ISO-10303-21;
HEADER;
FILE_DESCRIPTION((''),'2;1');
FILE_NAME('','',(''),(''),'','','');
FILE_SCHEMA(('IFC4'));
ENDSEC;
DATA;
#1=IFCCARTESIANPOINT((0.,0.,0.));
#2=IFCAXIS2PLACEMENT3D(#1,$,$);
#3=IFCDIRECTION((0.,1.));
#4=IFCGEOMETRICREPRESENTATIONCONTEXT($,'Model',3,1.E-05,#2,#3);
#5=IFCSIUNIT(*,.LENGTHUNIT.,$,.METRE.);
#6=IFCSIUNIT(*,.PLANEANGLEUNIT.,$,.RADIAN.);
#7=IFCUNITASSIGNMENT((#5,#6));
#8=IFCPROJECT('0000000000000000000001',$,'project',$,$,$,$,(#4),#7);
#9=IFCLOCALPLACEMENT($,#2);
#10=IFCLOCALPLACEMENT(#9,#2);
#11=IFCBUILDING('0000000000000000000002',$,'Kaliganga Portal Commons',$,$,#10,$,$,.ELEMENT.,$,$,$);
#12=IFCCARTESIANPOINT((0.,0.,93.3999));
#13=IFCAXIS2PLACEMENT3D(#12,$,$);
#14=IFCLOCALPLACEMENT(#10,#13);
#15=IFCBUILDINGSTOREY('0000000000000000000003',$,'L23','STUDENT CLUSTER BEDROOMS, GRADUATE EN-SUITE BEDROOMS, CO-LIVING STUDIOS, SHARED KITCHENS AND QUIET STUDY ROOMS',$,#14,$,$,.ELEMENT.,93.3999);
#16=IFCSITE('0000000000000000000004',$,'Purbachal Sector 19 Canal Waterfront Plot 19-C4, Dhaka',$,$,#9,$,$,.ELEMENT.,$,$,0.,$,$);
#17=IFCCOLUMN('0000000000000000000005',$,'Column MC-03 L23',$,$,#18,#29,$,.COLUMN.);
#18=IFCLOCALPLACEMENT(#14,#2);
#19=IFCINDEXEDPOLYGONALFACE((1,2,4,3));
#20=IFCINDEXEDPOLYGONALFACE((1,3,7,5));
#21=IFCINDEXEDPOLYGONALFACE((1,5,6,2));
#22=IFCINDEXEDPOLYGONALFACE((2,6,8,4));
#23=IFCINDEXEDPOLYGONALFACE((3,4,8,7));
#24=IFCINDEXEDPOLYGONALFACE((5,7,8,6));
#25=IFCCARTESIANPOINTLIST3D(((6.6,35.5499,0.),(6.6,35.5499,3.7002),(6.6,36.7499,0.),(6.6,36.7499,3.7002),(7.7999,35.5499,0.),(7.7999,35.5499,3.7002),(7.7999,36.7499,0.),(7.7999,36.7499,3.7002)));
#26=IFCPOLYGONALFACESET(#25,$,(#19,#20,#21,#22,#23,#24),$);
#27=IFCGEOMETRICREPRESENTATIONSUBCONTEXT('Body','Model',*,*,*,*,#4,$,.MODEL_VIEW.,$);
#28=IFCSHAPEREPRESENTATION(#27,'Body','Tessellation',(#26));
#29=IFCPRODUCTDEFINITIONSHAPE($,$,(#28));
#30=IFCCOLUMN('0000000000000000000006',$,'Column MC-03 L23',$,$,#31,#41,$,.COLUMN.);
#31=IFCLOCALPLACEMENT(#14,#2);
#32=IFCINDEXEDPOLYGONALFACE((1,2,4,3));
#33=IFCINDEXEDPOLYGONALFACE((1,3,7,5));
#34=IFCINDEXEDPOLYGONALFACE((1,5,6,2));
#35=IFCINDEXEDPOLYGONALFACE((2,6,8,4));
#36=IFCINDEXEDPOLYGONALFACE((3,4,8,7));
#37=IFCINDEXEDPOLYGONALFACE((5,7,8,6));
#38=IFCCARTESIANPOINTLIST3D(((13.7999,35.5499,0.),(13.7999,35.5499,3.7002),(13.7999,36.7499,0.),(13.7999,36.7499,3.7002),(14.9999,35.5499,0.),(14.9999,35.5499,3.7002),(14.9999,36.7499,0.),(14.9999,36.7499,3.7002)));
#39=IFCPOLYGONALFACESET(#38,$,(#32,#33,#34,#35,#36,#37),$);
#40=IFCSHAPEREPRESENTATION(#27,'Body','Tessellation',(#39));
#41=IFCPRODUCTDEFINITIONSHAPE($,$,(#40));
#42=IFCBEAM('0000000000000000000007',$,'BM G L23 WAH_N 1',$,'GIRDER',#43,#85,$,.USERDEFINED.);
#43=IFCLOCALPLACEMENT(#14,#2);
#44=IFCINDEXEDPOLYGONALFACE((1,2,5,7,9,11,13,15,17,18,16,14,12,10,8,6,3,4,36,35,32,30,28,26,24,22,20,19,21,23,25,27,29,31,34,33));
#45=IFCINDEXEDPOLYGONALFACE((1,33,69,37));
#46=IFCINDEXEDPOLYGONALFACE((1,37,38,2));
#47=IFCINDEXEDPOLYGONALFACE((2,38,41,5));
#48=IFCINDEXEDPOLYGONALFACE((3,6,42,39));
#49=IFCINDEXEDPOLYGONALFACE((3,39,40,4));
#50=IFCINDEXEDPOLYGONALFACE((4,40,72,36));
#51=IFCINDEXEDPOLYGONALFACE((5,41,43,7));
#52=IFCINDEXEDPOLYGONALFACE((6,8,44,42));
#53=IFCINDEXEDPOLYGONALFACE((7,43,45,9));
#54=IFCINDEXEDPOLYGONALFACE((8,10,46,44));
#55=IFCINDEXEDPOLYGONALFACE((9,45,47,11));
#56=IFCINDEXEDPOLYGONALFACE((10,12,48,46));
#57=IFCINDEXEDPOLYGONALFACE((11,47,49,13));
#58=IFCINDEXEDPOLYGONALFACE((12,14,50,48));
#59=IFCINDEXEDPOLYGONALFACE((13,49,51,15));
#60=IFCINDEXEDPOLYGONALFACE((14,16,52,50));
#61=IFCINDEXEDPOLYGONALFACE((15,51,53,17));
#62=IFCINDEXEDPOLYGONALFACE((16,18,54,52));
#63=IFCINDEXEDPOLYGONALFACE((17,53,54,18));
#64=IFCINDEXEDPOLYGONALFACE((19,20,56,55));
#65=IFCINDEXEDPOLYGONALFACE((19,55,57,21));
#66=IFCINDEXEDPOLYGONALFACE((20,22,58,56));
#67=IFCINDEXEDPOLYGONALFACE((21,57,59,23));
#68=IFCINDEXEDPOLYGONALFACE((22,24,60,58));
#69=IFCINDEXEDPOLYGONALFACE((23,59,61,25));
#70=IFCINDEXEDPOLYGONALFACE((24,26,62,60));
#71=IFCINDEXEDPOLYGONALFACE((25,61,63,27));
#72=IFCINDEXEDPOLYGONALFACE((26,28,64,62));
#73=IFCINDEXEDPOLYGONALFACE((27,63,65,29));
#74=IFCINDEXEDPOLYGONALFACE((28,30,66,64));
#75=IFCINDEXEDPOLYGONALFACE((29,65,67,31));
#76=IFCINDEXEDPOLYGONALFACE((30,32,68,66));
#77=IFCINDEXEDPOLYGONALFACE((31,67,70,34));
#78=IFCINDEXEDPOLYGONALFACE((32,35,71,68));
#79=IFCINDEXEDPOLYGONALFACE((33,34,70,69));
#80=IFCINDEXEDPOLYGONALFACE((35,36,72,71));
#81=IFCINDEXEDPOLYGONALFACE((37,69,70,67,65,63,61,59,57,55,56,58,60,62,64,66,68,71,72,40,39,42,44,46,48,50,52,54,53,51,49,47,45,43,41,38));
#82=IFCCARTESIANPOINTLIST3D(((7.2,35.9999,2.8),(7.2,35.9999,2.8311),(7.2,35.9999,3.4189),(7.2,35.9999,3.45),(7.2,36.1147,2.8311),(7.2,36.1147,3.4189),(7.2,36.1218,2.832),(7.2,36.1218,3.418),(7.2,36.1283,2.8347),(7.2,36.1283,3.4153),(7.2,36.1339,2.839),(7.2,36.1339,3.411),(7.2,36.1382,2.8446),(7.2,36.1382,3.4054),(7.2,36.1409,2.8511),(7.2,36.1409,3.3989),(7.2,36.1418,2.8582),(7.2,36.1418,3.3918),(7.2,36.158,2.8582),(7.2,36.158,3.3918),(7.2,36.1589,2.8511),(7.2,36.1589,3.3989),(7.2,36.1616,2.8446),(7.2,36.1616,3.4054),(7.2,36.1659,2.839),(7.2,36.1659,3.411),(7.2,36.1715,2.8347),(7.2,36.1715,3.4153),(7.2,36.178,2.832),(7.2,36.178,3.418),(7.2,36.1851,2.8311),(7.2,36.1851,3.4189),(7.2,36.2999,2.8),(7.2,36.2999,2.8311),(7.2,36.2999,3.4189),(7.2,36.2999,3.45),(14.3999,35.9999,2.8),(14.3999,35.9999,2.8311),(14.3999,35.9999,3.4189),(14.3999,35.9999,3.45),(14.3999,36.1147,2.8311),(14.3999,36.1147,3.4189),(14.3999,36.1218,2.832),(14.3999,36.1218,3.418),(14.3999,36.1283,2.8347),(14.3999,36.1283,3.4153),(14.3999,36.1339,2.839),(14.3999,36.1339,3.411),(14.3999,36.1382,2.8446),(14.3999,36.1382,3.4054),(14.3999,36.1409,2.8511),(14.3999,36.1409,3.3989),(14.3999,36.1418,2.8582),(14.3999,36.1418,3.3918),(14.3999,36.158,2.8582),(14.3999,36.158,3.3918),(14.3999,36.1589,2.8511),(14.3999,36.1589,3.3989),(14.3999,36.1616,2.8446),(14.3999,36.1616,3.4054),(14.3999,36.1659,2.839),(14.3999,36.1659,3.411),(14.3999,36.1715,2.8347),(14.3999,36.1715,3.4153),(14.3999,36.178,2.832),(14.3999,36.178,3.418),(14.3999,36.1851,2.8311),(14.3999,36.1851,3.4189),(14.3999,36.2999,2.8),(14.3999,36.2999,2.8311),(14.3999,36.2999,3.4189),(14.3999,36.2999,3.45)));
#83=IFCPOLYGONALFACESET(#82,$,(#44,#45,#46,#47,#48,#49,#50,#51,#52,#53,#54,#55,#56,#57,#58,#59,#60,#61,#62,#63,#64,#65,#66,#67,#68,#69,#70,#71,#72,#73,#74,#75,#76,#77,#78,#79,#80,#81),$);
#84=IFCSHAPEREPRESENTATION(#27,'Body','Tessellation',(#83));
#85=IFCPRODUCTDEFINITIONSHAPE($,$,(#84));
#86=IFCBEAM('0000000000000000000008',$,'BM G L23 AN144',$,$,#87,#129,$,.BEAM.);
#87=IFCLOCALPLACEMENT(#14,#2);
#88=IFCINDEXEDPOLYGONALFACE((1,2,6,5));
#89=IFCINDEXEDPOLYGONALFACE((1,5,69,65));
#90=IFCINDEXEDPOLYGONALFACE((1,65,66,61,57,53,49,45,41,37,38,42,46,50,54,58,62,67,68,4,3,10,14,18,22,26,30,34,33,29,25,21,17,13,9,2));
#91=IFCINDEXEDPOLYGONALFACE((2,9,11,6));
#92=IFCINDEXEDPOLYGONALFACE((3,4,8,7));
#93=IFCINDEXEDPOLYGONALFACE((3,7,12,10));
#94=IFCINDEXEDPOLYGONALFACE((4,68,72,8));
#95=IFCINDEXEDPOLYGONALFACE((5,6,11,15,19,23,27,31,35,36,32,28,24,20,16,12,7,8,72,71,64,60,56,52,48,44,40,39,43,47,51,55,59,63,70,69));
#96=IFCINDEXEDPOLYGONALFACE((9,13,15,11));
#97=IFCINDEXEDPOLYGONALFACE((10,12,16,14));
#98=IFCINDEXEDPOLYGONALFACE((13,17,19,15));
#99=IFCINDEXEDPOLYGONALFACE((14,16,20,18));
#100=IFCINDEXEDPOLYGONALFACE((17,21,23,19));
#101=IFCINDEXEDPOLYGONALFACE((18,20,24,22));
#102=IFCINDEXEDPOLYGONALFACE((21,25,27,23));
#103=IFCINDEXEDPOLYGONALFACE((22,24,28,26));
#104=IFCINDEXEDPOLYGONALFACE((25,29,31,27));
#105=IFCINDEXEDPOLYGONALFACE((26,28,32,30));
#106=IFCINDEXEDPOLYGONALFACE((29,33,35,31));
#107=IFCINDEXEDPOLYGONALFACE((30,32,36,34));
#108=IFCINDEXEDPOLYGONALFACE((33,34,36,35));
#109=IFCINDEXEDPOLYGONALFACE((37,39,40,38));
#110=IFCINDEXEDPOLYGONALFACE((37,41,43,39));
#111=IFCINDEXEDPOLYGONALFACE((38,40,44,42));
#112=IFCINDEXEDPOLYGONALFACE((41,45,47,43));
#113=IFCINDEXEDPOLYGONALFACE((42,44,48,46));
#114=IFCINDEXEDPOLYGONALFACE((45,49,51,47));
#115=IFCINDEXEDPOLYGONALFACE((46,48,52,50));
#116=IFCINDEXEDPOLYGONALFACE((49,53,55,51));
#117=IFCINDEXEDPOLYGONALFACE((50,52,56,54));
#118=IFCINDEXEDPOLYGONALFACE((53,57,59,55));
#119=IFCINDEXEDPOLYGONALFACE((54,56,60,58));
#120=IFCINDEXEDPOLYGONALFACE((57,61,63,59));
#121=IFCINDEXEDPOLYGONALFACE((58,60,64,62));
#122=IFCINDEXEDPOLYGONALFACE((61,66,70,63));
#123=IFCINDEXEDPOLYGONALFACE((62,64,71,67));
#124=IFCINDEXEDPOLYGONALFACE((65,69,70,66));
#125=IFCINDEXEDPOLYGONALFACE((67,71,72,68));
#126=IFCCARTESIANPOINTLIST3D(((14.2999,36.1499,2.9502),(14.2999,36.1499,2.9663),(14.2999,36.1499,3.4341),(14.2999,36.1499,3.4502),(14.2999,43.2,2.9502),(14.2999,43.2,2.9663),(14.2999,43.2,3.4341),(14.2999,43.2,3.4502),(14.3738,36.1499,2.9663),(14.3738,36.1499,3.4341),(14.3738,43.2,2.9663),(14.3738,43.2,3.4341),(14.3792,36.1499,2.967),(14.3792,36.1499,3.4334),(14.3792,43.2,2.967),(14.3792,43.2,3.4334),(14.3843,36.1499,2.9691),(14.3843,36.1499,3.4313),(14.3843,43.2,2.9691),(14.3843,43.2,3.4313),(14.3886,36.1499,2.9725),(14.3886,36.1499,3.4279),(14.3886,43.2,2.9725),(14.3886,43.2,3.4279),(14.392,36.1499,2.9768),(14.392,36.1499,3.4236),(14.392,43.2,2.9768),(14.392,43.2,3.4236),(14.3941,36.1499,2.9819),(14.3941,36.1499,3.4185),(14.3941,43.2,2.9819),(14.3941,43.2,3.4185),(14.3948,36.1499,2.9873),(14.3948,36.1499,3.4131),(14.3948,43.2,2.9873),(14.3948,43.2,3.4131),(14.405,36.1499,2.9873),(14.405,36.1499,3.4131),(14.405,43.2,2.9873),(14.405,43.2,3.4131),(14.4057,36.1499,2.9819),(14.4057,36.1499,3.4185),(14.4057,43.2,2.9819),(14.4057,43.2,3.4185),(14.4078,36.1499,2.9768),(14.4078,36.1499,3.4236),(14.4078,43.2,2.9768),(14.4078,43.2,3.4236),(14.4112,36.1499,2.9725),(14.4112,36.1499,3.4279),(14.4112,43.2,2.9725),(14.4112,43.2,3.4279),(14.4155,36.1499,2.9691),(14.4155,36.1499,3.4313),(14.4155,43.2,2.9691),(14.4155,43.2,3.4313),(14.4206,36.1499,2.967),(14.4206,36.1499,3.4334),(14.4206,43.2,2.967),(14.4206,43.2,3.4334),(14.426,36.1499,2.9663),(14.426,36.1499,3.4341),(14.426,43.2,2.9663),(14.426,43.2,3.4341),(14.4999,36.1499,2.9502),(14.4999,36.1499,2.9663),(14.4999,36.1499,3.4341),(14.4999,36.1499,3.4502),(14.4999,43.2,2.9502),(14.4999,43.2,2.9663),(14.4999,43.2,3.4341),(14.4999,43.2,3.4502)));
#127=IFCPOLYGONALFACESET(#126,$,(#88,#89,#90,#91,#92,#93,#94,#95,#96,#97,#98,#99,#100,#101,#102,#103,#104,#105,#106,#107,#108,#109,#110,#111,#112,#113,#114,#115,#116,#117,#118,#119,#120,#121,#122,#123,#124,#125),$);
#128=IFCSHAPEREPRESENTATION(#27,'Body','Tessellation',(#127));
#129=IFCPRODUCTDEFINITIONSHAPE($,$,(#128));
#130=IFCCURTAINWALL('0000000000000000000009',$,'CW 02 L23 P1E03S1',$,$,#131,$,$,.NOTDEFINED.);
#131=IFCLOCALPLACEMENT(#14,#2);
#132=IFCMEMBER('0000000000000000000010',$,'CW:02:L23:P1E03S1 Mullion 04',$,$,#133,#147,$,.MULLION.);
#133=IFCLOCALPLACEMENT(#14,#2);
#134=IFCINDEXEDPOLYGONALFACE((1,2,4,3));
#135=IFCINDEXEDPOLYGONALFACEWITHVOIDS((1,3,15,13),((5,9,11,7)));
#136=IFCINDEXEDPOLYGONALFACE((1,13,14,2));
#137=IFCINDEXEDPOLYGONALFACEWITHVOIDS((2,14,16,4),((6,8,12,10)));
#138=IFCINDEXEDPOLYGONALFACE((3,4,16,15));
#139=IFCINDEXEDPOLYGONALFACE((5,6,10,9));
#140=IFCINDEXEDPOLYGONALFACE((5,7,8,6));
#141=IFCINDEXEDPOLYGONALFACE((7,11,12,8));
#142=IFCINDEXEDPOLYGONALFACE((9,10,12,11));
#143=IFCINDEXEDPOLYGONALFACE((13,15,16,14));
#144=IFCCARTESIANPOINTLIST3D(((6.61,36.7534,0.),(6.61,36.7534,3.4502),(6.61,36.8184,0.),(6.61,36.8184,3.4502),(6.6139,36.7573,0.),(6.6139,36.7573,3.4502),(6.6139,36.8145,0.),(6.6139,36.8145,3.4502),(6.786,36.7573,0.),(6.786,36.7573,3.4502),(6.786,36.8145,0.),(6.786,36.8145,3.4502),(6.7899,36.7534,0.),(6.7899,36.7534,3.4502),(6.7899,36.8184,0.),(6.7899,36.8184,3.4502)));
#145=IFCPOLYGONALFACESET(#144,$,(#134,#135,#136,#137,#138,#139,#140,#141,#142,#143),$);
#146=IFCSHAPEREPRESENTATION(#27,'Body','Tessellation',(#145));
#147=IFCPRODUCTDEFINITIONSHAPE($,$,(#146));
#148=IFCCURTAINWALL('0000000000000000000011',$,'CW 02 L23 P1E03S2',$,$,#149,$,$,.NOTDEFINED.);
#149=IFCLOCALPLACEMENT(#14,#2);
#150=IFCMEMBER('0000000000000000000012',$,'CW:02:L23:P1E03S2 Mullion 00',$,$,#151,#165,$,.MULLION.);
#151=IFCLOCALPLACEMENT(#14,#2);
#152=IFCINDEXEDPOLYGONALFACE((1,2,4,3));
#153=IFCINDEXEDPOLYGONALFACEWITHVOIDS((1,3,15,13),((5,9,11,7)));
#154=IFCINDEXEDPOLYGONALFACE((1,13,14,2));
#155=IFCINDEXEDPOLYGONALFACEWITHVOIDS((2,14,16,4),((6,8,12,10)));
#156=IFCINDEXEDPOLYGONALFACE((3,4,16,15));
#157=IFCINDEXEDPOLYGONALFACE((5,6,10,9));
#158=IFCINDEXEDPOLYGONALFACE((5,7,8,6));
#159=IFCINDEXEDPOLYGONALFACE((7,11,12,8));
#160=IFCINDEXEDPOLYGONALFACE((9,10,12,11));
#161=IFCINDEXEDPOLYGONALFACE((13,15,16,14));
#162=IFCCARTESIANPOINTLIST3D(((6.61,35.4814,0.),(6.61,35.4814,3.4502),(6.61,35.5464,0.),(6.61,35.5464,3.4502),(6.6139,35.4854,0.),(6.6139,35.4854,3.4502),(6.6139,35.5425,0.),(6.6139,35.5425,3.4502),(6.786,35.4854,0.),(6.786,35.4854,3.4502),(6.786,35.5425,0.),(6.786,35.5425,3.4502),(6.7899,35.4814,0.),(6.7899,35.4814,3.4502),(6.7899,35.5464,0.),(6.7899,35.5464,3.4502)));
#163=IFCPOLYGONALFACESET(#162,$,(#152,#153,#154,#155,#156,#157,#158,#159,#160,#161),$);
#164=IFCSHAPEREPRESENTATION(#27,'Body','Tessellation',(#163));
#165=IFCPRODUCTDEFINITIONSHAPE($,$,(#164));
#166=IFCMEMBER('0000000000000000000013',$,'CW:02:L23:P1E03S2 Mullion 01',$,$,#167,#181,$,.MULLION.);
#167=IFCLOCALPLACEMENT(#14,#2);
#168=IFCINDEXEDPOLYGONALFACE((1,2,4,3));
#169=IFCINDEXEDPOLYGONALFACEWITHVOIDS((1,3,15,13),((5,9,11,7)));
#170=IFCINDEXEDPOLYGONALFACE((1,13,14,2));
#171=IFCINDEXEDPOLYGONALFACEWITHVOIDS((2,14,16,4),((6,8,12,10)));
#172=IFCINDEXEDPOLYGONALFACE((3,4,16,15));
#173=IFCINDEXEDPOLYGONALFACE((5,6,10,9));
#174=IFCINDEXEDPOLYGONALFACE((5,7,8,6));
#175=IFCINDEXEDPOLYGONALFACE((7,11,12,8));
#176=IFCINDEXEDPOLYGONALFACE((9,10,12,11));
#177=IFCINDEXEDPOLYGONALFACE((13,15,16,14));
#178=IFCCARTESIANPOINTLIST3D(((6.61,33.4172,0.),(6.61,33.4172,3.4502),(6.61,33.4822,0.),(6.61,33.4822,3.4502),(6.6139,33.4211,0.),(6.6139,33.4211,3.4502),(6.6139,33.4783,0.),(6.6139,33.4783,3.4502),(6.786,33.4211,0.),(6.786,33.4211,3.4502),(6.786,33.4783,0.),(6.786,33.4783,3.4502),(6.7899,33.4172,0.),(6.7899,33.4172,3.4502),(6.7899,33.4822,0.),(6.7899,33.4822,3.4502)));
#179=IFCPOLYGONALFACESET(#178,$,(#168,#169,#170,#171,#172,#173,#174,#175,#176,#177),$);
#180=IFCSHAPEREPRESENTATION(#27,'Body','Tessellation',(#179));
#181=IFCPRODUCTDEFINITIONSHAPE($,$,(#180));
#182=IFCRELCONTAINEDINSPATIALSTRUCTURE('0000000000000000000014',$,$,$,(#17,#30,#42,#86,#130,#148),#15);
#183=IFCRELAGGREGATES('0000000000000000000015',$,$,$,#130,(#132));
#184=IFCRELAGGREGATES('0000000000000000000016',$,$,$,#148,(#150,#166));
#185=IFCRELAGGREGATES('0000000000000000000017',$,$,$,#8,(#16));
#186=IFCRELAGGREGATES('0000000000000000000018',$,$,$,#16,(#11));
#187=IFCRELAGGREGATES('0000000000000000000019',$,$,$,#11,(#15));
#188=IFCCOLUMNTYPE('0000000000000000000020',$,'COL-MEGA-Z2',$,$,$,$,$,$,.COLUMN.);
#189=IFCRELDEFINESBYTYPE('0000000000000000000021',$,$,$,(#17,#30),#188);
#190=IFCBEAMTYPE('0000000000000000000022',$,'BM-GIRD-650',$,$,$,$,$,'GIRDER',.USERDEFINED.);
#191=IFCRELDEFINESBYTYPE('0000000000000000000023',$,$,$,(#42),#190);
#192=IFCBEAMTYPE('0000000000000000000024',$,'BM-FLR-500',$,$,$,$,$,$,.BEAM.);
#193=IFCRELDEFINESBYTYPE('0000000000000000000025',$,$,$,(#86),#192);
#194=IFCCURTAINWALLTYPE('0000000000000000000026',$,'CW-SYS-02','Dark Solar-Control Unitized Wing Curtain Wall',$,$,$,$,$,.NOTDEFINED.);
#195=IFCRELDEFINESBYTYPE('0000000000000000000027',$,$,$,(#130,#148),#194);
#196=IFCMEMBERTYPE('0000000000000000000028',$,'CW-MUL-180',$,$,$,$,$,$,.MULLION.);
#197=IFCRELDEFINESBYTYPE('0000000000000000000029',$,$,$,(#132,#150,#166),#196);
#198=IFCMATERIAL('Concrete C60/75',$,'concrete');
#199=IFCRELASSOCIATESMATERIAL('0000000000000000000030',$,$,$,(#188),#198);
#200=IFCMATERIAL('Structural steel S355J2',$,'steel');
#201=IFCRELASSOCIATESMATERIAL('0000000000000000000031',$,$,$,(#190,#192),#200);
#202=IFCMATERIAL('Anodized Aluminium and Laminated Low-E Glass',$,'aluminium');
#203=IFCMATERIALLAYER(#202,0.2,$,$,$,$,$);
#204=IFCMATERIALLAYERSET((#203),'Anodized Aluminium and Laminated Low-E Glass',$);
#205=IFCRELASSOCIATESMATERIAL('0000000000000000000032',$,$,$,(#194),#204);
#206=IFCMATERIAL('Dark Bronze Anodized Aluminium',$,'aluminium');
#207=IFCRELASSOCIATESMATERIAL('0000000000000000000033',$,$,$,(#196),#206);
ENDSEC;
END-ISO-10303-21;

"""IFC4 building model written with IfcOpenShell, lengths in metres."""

from ifc_helpers import new_model, si_unit, direction, frame, origin, origin_2d, place, context, subcontext, project, spatial, rectangle, hollow_rectangle, i_section, extrude, source, transform, mapped, material, layer, layer_set, material_profile, profile_set, type_object, element, aggregate, save


model = new_model("IFC4")

# Units and contexts
model_context = context("Model", 3, precision=1e-05, world=origin(), true_north=direction((0.0, 1.0)))
body_context = subcontext(model_context, "Body", "Model", "MODEL_VIEW")
ifc_project = project(units=[si_unit("LENGTHUNIT", "METRE"), si_unit("PLANEANGLEUNIT", "RADIAN")], contexts=[model_context])

# Site, building, storey
site_placement = place(None, origin())
site = spatial("IfcSite", under=ifc_project, at=site_placement, Name="Purbachal Sector 19 Canal Waterfront Plot 19-C4, Dhaka", CompositionType="ELEMENT", RefElevation=0.0)
building_placement = place(site_placement, origin())
building = spatial("IfcBuilding", under=site, at=building_placement, Name="Kaliganga Portal Commons", CompositionType="ELEMENT")
storey_placement = place(building_placement, frame((0.0, 0.0, 93.3999)))
storey = spatial("IfcBuildingStorey", under=building, at=storey_placement, Name="L23", Description="STUDENT CLUSTER BEDROOMS, GRADUATE EN-SUITE BEDROOMS, CO-LIVING STUDIOS, SHARED KITCHENS AND QUIET STUDY ROOMS", CompositionType="ELEMENT", Elevation=93.3999)

# Columns
ifc_material_1 = material(Name="Concrete C60/75", Category="concrete")
ifc_material_profile_1 = material_profile(ifc_material_1, rectangle(XDim=1.2, YDim=1.2, at=origin_2d()), Name="RC 1200x1200")
ifc_profile_set_1 = profile_set([ifc_material_profile_1], Name="Concrete C60/75")
column_type = type_object("IfcColumnType", Name="COL-MEGA-Z2", PredefinedType="COLUMN", material=ifc_profile_set_1)
shared_shape_1 = source(origin(), body_context, "Body", "SweptSolid", [
    extrude(rectangle(XDim=1.2, YDim=1.2, at=origin_2d()), origin(), (0.0, 0.0, 1.0), 3.7002),
])
for number, where, z_axis, x_axis, name in (
    (1, (7.2, 36.1499, 0.0), (0.0, 0.0, 1.0), (1.0, 0.0, 0.0), "Column MC-03 L23"),
    (2, (14.3999, 36.1499, 0.0), (0.0, 0.0, 1.0), (1.0, 0.0, 0.0), "Column MC-03 L23"),
):
    element("IfcColumn", number, at=place(storey_placement, frame(where, z_axis=z_axis, x_axis=x_axis)), inside=storey, type_object=column_type, Name=name, PredefinedType="COLUMN", context=body_context, shape_type="MappedRepresentation", body=[
        mapped(shared_shape_1, transform((0.0, 0.0, 0.0), x_axis=(1.0, 0.0, 0.0), y_axis=(0.0, 1.0, 0.0), z_axis=(0.0, 0.0, 1.0), scale=1.0)),
    ])

# Beams
ifc_material_2 = material(Name="Structural steel S355J2", Category="steel")
ifc_material_profile_2 = material_profile(ifc_material_2, i_section(OverallWidth=0.3, OverallDepth=0.6499, WebThickness=0.0161, FlangeThickness=0.031, FilletRadius=0.0271, at=origin_2d()), Name="HE 650 B")
ifc_profile_set_2 = profile_set([ifc_material_profile_2], Name="Structural steel S355J2 wide-flange")
beam_type_1 = type_object("IfcBeamType", Name="BM-GIRD-650", ElementType="GIRDER", PredefinedType="USERDEFINED", material=ifc_profile_set_2)
shared_shape_2 = source(origin(), body_context, "Body", "SweptSolid", [
    extrude(i_section(OverallWidth=0.3, OverallDepth=0.6499, WebThickness=0.0161, FlangeThickness=0.031, FilletRadius=0.0271, at=origin_2d()), origin(), (0.0, 0.0, 1.0), 7.2),
])
beam_1_placement = place(storey_placement, frame((7.2, 36.1499, 3.125), z_axis=(1.0, 0.0, 0.0), x_axis=(0.0, 1.0, 0.0)))
element("IfcBeam", 3, at=beam_1_placement, inside=storey, type_object=beam_type_1, Name="BM G L23 WAH_N 1", ObjectType="GIRDER", PredefinedType="USERDEFINED", context=body_context, shape_type="MappedRepresentation", body=[
    mapped(shared_shape_2, transform((0.0, 0.0, 0.0), x_axis=(1.0, 0.0, 0.0), y_axis=(0.0, 1.0, 0.0), z_axis=(0.0, 0.0, 1.0), scale=1.0)),
])
ifc_material_profile_3 = material_profile(ifc_material_2, i_section(OverallWidth=0.2, OverallDepth=0.5, WebThickness=0.0103, FlangeThickness=0.0161, FilletRadius=0.021, at=origin_2d()), Name="IPE 500")
ifc_profile_set_3 = profile_set([ifc_material_profile_3], Name="Structural steel S355J2 wide-flange")
beam_type_2 = type_object("IfcBeamType", Name="BM-FLR-500", PredefinedType="BEAM", material=ifc_profile_set_3)
shared_shape_3 = source(origin(), body_context, "Body", "SweptSolid", [
    extrude(i_section(OverallWidth=0.2, OverallDepth=0.5, WebThickness=0.0103, FlangeThickness=0.0161, FilletRadius=0.021, at=origin_2d()), origin(), (0.0, 0.0, 1.0), 7.05),
])
beam_2_placement = place(storey_placement, frame((14.3999, 36.1499, 3.2002), z_axis=(0.0, 1.0, 0.0), x_axis=(-1.0, 0.0, 0.0)))
element("IfcBeam", 4, at=beam_2_placement, inside=storey, type_object=beam_type_2, Name="BM G L23 AN144", PredefinedType="BEAM", context=body_context, shape_type="MappedRepresentation", body=[
    mapped(shared_shape_3, transform((0.0, 0.0, 0.0), x_axis=(1.0, 0.0, 0.0), y_axis=(0.0, 1.0, 0.0), z_axis=(0.0, 0.0, 1.0), scale=1.0)),
])

# Curtain wall, member
ifc_material_3 = material(Name="Anodized Aluminium and Laminated Low-E Glass", Category="aluminium")
ifc_layer_1 = layer(ifc_material_3, 0.2)
ifc_layer_set_1 = layer_set([ifc_layer_1], Name="Anodized Aluminium and Laminated Low-E Glass")
curtain_wall_type = type_object("IfcCurtainWallType", Name="CW-SYS-02", Description="Dark Solar-Control Unitized Wing Curtain Wall", PredefinedType="NOTDEFINED", material=ifc_layer_set_1)
curtain_wall_1_placement = place(storey_placement, origin())
curtain_wall_1 = element("IfcCurtainWall", 5, at=curtain_wall_1_placement, inside=storey, type_object=curtain_wall_type, Name="CW 02 L23 P1E03S1", PredefinedType="NOTDEFINED")
ifc_material_4 = material(Name="Dark Bronze Anodized Aluminium", Category="aluminium")
ifc_material_profile_4 = material_profile(ifc_material_4, hollow_rectangle(XDim=0.0649, YDim=0.1799, WallThickness=0.0039, at=origin_2d()), Name="ALU MULL 65x180x4")
ifc_profile_set_4 = profile_set([ifc_material_profile_4], Name="Dark Bronze Anodized Aluminium")
member_type_1 = type_object("IfcMemberType", Name="CW-MUL-180", PredefinedType="MULLION", material=ifc_profile_set_4)
shared_shape_4 = source(origin(), body_context, "Body", "SweptSolid", [
    extrude(hollow_rectangle(XDim=0.0649, YDim=0.1799, WallThickness=0.0039, at=origin_2d()), origin(), (0.0, 0.0, 1.0), 3.4502),
])
member_1_placement = place(storey_placement, frame((6.7, 36.7859, 0.0), z_axis=(0.0, 0.0, 1.0), x_axis=(0.0, -1.0, 0.0)))
member_1 = element("IfcMember", 6, at=member_1_placement, type_object=member_type_1, Name="CW:02:L23:P1E03S1 Mullion 04", PredefinedType="MULLION", context=body_context, shape_type="MappedRepresentation", body=[
    mapped(shared_shape_4, transform((0.0, 0.0, 0.0), x_axis=(1.0, 0.0, 0.0), y_axis=(0.0, 1.0, 0.0), z_axis=(0.0, 0.0, 1.0), scale=1.0)),
])
aggregate(curtain_wall_1, [member_1])

# Curtain wall, members
curtain_wall_2_placement = place(storey_placement, origin())
curtain_wall_2 = element("IfcCurtainWall", 7, at=curtain_wall_2_placement, inside=storey, type_object=curtain_wall_type, Name="CW 02 L23 P1E03S2", PredefinedType="NOTDEFINED")
member_2_placement = place(storey_placement, frame((6.7, 35.5139, 0.0), z_axis=(0.0, 0.0, 1.0), x_axis=(0.0, -1.0, 0.0)))
member_2 = element("IfcMember", 8, at=member_2_placement, type_object=member_type_1, Name="CW:02:L23:P1E03S2 Mullion 00", PredefinedType="MULLION", context=body_context, shape_type="MappedRepresentation", body=[
    mapped(shared_shape_4, transform((0.0, 0.0, 0.0), x_axis=(1.0, 0.0, 0.0), y_axis=(0.0, 1.0, 0.0), z_axis=(0.0, 0.0, 1.0), scale=1.0)),
])
member_3_placement = place(storey_placement, frame((6.7, 33.4497, 0.0), z_axis=(0.0, 0.0, 1.0), x_axis=(0.0, -1.0, 0.0)))
member_3 = element("IfcMember", 9, at=member_3_placement, type_object=member_type_1, Name="CW:02:L23:P1E03S2 Mullion 01", PredefinedType="MULLION", context=body_context, shape_type="MappedRepresentation", body=[
    mapped(shared_shape_4, transform((0.0, 0.0, 0.0), x_axis=(1.0, 0.0, 0.0), y_axis=(0.0, 1.0, 0.0), z_axis=(0.0, 0.0, 1.0), scale=1.0)),
])
aggregate(curtain_wall_2, [member_2, member_3])

save(model, "model.ifc")
